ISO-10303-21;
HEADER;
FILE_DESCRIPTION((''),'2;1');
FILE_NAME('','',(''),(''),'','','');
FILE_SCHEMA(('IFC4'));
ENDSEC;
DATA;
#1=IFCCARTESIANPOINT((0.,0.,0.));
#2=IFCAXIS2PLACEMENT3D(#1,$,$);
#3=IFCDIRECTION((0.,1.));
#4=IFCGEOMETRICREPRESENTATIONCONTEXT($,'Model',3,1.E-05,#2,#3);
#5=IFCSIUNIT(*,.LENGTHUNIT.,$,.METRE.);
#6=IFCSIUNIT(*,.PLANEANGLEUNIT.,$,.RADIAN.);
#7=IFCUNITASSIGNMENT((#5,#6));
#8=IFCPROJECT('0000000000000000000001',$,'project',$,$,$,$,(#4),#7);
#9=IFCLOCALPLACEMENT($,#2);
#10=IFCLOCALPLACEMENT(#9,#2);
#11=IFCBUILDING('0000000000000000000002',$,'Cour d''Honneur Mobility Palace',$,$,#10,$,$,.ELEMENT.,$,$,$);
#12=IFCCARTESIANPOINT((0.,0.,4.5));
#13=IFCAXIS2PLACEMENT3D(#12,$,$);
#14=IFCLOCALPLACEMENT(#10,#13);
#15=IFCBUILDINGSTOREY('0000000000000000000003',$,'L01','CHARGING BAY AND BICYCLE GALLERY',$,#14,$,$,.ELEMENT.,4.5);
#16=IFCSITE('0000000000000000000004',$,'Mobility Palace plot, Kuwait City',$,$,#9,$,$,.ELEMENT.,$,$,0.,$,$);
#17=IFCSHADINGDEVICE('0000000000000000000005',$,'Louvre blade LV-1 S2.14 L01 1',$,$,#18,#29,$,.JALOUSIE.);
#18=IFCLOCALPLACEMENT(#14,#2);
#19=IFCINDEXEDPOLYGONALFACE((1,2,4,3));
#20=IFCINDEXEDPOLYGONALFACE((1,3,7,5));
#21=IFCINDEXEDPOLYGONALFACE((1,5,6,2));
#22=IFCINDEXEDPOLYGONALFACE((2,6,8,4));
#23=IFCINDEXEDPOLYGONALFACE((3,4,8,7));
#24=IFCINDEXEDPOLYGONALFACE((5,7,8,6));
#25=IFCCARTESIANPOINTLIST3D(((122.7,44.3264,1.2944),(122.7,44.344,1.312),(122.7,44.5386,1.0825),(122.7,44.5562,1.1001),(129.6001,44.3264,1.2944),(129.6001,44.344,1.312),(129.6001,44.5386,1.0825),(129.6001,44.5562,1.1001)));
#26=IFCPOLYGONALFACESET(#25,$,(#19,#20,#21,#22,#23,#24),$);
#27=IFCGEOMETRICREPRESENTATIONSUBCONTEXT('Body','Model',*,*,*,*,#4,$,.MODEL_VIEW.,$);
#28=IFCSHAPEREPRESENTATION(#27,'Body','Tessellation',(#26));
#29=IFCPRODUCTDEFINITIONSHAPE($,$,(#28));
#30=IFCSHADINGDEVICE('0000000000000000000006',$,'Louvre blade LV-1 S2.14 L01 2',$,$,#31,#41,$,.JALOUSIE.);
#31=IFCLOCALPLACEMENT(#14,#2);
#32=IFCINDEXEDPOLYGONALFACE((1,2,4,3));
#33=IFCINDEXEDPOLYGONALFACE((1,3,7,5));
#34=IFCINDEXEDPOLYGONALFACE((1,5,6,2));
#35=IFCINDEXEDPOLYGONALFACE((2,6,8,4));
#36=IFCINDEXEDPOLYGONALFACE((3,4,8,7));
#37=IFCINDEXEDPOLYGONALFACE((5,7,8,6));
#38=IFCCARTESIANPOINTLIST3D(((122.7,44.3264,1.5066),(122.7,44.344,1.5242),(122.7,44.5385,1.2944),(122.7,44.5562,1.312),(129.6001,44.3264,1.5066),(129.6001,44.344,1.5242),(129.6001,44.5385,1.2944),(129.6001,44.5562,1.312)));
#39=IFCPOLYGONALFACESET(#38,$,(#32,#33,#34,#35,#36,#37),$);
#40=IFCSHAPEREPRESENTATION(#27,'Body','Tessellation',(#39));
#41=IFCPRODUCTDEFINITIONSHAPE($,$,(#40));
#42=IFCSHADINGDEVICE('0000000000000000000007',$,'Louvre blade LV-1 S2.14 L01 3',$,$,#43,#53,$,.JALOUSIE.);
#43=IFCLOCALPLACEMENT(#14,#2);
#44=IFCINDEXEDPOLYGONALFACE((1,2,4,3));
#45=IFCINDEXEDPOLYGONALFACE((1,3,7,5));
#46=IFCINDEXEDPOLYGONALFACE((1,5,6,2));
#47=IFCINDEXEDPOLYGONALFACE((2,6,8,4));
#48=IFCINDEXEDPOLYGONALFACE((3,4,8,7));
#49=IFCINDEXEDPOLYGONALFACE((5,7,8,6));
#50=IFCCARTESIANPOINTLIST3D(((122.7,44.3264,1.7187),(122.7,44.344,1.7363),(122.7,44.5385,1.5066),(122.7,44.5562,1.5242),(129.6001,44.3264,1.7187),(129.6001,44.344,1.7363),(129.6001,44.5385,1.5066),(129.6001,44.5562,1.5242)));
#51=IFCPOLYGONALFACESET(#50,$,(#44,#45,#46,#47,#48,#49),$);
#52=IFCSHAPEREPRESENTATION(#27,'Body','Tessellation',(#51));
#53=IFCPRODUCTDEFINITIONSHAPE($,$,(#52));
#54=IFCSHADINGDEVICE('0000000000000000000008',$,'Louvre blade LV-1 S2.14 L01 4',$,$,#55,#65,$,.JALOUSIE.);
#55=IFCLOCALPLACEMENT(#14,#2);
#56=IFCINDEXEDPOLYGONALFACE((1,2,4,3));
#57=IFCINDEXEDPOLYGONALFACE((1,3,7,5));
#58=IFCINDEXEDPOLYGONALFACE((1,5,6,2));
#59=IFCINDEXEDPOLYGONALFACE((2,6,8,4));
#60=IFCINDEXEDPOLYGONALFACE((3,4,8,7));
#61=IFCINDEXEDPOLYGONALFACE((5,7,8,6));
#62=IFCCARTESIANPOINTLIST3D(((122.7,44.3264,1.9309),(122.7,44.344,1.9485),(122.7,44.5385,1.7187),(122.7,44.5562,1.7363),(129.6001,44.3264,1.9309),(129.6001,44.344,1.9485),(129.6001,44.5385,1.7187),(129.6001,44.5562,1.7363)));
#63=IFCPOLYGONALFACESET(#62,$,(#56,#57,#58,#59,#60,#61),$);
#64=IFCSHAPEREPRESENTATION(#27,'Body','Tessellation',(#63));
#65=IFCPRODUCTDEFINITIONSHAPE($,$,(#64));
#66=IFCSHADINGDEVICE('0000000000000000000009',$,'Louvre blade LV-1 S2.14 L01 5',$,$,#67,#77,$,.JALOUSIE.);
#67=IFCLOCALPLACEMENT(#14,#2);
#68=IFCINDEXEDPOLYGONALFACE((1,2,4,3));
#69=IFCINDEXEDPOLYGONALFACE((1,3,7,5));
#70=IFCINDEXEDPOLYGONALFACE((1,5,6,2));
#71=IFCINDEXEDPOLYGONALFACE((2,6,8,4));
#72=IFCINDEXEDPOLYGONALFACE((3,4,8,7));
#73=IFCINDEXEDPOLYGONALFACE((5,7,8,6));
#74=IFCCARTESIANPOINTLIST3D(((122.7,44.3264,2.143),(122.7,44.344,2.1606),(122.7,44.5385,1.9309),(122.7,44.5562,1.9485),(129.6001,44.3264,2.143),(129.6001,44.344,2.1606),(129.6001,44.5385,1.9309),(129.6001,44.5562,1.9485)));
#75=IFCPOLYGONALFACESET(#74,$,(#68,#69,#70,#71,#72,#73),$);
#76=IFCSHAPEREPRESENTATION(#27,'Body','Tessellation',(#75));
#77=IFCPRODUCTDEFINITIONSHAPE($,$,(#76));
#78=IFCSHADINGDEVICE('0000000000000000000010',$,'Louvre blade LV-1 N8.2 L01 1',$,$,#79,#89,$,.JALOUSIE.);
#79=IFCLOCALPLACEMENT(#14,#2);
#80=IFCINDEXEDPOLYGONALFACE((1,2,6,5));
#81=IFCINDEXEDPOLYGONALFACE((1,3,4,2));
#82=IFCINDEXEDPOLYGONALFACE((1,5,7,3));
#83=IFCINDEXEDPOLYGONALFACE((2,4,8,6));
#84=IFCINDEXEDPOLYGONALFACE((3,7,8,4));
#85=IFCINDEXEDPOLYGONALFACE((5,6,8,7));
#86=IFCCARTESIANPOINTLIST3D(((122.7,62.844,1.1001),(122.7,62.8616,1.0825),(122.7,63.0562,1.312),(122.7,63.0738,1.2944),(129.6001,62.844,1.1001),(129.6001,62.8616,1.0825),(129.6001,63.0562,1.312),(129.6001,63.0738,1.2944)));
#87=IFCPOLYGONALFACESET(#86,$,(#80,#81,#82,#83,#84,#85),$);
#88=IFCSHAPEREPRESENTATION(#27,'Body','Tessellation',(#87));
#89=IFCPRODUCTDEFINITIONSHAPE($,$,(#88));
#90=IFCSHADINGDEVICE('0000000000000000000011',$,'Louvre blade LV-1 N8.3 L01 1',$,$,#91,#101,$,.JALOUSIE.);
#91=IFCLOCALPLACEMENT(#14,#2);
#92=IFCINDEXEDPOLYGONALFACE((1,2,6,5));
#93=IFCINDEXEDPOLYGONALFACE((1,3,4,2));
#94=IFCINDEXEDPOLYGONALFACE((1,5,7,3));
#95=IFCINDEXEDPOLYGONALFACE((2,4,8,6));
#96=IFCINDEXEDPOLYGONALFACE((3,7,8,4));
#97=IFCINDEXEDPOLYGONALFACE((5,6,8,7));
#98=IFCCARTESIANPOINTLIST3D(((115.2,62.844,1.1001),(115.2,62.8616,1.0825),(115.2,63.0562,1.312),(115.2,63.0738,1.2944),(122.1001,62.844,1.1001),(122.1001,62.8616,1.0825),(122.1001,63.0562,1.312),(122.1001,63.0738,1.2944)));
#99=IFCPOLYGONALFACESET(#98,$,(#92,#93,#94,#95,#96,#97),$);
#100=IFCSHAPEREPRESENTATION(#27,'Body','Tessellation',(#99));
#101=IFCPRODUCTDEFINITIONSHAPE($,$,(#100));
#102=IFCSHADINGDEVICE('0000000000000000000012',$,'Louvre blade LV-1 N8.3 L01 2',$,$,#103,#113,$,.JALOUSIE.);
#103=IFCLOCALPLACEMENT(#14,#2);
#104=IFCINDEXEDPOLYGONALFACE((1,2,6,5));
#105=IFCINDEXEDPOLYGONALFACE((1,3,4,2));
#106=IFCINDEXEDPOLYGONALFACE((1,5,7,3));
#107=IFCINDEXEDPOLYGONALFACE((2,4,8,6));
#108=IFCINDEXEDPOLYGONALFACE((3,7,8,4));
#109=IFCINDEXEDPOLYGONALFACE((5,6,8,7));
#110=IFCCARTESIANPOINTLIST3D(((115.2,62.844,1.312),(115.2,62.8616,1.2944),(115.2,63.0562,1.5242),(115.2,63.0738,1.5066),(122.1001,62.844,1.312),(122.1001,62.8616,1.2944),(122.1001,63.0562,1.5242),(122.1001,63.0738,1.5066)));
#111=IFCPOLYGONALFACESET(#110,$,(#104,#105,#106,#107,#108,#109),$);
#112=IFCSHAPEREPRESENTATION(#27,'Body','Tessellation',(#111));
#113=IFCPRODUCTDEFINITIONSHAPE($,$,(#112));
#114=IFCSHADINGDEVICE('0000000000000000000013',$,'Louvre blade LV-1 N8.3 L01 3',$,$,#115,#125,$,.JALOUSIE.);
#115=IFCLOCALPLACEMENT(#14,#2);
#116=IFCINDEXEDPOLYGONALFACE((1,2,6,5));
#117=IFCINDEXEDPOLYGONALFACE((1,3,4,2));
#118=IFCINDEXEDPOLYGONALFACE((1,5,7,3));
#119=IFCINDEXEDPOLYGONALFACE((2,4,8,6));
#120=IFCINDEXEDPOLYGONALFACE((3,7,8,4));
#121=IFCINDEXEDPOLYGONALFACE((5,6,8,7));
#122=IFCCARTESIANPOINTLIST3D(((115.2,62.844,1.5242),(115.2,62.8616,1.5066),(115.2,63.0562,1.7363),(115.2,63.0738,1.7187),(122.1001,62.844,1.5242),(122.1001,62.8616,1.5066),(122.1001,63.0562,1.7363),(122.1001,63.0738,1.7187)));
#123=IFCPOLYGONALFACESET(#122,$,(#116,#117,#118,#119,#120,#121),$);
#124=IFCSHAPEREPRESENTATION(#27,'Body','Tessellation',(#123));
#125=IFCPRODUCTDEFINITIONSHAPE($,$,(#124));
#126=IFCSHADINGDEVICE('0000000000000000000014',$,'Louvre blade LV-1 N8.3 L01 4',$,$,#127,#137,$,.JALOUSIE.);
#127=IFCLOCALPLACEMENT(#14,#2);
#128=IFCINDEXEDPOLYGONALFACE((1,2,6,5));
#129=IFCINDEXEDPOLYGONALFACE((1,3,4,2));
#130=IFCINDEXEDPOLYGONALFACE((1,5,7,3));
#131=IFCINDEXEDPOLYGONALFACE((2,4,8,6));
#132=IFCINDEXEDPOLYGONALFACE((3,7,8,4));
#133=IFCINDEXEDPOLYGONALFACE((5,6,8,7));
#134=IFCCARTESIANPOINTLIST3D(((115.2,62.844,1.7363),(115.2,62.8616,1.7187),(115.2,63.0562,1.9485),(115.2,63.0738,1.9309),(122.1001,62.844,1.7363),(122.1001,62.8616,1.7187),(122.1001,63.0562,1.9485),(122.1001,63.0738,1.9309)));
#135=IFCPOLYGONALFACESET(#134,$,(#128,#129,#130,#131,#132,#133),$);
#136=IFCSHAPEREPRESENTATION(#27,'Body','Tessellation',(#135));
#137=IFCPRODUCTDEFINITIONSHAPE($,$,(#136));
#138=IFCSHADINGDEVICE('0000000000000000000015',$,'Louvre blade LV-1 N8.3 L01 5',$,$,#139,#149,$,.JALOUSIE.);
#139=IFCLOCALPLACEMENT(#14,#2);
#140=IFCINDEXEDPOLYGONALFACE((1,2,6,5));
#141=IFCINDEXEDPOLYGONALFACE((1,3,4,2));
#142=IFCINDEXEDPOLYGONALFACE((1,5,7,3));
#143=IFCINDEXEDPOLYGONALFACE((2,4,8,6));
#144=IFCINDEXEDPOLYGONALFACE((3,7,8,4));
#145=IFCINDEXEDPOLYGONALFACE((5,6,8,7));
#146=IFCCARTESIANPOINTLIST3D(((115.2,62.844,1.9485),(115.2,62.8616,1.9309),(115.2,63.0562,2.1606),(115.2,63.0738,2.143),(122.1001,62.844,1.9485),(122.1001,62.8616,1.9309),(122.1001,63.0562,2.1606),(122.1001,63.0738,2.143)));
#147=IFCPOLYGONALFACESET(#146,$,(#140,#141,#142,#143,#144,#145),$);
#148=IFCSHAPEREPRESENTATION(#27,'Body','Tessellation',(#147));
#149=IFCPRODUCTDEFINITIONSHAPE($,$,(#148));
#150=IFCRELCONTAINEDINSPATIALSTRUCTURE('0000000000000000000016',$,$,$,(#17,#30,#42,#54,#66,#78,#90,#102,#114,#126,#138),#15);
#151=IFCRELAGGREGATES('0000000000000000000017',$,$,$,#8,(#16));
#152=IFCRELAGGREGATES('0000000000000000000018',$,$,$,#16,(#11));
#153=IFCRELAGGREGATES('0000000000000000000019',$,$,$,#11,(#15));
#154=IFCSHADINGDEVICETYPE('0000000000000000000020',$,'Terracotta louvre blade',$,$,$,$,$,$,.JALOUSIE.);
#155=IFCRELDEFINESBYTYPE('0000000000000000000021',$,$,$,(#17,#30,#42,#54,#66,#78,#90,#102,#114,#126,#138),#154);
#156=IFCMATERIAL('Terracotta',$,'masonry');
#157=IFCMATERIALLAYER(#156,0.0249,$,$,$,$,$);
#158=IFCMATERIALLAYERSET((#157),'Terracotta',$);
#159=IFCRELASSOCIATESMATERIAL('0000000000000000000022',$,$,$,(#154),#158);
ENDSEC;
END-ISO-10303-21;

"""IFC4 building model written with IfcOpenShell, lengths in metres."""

from ifc_helpers import new_model, si_unit, direction, frame, origin, place, context, subcontext, project, spatial, polyline, outline, extrude, material, layer, layer_set, type_object, element, save


model = new_model("IFC4")

# Units and contexts
model_context = context("Model", 3, precision=1e-05, world=origin(), true_north=direction((0.0, 1.0)))
body_context = subcontext(model_context, "Body", "Model", "MODEL_VIEW")
ifc_project = project(units=[si_unit("LENGTHUNIT", "METRE"), si_unit("PLANEANGLEUNIT", "RADIAN")], contexts=[model_context])

# Site, building, storey
site_placement = place(None, origin())
site = spatial("IfcSite", under=ifc_project, at=site_placement, Name="Mobility Palace plot, Kuwait City", CompositionType="ELEMENT", RefElevation=0.0)
building_placement = place(site_placement, origin())
building = spatial("IfcBuilding", under=site, at=building_placement, Name="Cour d'Honneur Mobility Palace", CompositionType="ELEMENT")
storey_placement = place(building_placement, frame((0.0, 0.0, 4.5)))
storey = spatial("IfcBuildingStorey", under=building, at=storey_placement, Name="L01", Description="CHARGING BAY AND BICYCLE GALLERY", CompositionType="ELEMENT", Elevation=4.5)

# Shading devices
ifc_material_1 = material(Name="Terracotta", Category="masonry")
ifc_layer_1 = layer(ifc_material_1, 0.0249)
ifc_layer_set_1 = layer_set([ifc_layer_1], Name="Terracotta")
shading_device_type = type_object("IfcShadingDeviceType", Name="Terracotta louvre blade", PredefinedType="JALOUSIE", material=ifc_layer_set_1)
shading_device_placement = place(storey_placement, frame((122.7, 44.5562, 1.1001), z_axis=(0.0, 0.7067, 0.707514), x_axis=(1.0, 0.0, 0.0)))
element("IfcShadingDevice", 1, at=shading_device_placement, inside=storey, type_object=shading_device_type, Name="Louvre blade LV-1 S2.14 L01 1", PredefinedType="JALOUSIE", context=body_context, shape_type="SweptSolid", body=[
    extrude(outline(polyline([(0.0, 0.0), (6.9001, 0.0), (6.9001, -0.2999), (0.0, -0.2999), (0.0, 0.0)])), origin(), (0.0, 0.0, -1.0), 0.0249),
])
for number, where, z_axis, x_axis, name in (
    (2, (122.7, 44.5562, 1.312), (0.0, 0.707107, 0.707107), (1.0, 0.0, 0.0), "Louvre blade LV-1 S2.14 L01 2"),
    (3, (122.7, 44.5562, 1.5242), (0.0, 0.707107, 0.707107), (1.0, 0.0, 0.0), "Louvre blade LV-1 S2.14 L01 3"),
    (4, (122.7, 44.5562, 1.7363), (0.0, 0.707107, 0.707107), (1.0, 0.0, 0.0), "Louvre blade LV-1 S2.14 L01 4"),
    (5, (122.7, 44.5562, 1.9485), (0.0, 0.707107, 0.707107), (1.0, 0.0, 0.0), "Louvre blade LV-1 S2.14 L01 5"),
):
    element("IfcShadingDevice", number, at=place(storey_placement, frame(where, z_axis=z_axis, x_axis=x_axis)), inside=storey, type_object=shading_device_type, Name=name, PredefinedType="JALOUSIE", context=body_context, shape_type="SweptSolid", body=[
        extrude(outline(polyline([(0.0, 0.0), (6.9001, 0.0), (6.9001, -0.3), (0.0, -0.3), (0.0, 0.0)])), origin(), (0.0, 0.0, -1.0), 0.0249),
    ])
for number, where, z_axis, x_axis, name in (
    (6, (129.6001, 62.844, 1.1001), (0.0, -0.7067, 0.707514), (-1.0, 0.0, 0.0), "Louvre blade LV-1 N8.2 L01 1"),
    (7, (122.1001, 62.844, 1.1001), (0.0, -0.7067, 0.707514), (-1.0, 0.0, 0.0), "Louvre blade LV-1 N8.3 L01 1"),
):
    element("IfcShadingDevice", number, at=place(storey_placement, frame(where, z_axis=z_axis, x_axis=x_axis)), inside=storey, type_object=shading_device_type, Name=name, PredefinedType="JALOUSIE", context=body_context, shape_type="SweptSolid", body=[
        extrude(outline(polyline([(0.0, 0.0), (6.9001, 0.0), (6.9001, -0.2999), (0.0, -0.2999), (0.0, 0.0)])), origin(), (0.0, 0.0, -1.0), 0.0249),
    ])
for number, where, z_axis, x_axis, name in (
    (8, (122.1001, 62.844, 1.312), (0.0, -0.707107, 0.707107), (-1.0, 0.0, 0.0), "Louvre blade LV-1 N8.3 L01 2"),
    (9, (122.1001, 62.844, 1.5242), (0.0, -0.707107, 0.707107), (-1.0, 0.0, 0.0), "Louvre blade LV-1 N8.3 L01 3"),
    (10, (122.1001, 62.844, 1.7363), (0.0, -0.707107, 0.707107), (-1.0, 0.0, 0.0), "Louvre blade LV-1 N8.3 L01 4"),
    (11, (122.1001, 62.844, 1.9485), (0.0, -0.707107, 0.707107), (-1.0, 0.0, 0.0), "Louvre blade LV-1 N8.3 L01 5"),
):
    element("IfcShadingDevice", number, at=place(storey_placement, frame(where, z_axis=z_axis, x_axis=x_axis)), inside=storey, type_object=shading_device_type, Name=name, PredefinedType="JALOUSIE", context=body_context, shape_type="SweptSolid", body=[
        extrude(outline(polyline([(0.0, 0.0), (6.9001, 0.0), (6.9001, -0.3), (0.0, -0.3), (0.0, 0.0)])), origin(), (0.0, 0.0, -1.0), 0.0249),
    ])

save(model, "model.ifc")
